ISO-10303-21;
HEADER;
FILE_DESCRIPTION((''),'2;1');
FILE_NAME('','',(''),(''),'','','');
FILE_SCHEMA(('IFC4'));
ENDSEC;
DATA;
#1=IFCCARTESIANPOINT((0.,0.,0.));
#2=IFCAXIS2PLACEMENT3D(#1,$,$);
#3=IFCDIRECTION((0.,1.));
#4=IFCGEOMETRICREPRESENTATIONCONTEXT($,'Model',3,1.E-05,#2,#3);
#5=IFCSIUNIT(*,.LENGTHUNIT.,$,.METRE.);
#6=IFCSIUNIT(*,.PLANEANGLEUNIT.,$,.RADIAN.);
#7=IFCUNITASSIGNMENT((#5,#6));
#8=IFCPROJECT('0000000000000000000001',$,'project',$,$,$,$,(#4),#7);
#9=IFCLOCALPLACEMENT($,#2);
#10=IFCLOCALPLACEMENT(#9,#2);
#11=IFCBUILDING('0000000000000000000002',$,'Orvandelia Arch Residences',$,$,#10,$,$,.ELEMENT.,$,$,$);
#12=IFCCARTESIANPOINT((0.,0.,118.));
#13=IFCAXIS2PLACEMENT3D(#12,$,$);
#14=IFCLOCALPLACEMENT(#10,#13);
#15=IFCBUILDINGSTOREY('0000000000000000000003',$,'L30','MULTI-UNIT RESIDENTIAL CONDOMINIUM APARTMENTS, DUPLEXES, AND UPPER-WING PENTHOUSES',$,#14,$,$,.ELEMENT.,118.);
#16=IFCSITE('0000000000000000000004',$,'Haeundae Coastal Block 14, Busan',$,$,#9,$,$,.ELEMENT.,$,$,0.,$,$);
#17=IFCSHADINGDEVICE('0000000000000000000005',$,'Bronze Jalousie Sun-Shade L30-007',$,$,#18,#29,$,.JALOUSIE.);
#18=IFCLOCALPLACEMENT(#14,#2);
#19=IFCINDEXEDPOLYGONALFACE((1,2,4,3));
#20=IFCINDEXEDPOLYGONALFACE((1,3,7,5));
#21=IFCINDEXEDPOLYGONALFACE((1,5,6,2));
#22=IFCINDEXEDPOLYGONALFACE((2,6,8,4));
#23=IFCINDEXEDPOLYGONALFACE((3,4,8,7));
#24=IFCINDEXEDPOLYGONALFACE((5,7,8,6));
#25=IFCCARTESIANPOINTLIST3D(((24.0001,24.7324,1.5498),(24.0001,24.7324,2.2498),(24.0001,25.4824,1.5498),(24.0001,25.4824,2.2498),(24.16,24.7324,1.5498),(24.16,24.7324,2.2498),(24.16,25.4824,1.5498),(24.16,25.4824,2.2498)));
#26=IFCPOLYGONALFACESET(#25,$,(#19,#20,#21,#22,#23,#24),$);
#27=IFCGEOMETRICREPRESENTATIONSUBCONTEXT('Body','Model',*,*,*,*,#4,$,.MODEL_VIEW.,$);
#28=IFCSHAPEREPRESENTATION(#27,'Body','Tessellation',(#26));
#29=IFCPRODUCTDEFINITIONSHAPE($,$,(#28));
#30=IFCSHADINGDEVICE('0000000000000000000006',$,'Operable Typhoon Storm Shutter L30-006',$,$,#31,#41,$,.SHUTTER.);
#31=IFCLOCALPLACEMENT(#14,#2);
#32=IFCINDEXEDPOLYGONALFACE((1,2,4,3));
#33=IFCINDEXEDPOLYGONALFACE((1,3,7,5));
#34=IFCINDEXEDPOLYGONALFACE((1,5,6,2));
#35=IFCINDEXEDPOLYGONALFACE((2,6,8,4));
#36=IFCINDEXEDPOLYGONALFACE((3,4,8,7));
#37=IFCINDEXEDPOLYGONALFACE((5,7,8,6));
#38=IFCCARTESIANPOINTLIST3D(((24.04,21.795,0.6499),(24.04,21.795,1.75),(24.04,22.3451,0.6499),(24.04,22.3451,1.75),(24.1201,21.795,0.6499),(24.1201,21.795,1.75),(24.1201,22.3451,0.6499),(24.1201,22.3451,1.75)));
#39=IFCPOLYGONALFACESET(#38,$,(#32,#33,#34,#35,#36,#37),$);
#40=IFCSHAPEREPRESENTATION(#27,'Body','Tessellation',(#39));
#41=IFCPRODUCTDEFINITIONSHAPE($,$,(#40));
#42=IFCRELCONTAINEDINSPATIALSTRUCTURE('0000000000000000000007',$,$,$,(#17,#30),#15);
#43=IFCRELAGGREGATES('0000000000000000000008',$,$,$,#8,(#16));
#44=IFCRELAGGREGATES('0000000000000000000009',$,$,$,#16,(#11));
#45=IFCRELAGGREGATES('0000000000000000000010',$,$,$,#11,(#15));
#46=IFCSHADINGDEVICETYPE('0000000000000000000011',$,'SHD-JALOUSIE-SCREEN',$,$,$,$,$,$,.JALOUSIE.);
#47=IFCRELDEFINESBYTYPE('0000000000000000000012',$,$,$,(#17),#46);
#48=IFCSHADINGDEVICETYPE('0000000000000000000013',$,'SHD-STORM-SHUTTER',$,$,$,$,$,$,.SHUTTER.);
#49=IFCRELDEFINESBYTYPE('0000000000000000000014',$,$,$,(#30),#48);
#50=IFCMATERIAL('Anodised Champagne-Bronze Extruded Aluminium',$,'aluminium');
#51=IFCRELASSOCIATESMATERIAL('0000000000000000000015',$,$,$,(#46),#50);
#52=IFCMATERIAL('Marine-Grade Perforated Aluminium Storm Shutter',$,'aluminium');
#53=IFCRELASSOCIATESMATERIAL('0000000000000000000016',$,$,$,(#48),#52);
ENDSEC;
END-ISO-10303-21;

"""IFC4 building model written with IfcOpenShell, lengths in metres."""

from ifc_helpers import new_model, si_unit, direction, frame, origin, origin_2d, place, context, subcontext, project, spatial, rectangle, extrude, material, type_object, element, save


model = new_model("IFC4")

# Units and contexts
model_context = context("Model", 3, precision=1e-05, world=origin(), true_north=direction((0.0, 1.0)))
body_context = subcontext(model_context, "Body", "Model", "MODEL_VIEW")
ifc_project = project(units=[si_unit("LENGTHUNIT", "METRE"), si_unit("PLANEANGLEUNIT", "RADIAN")], contexts=[model_context])

# Site, building, storey
site_placement = place(None, origin())
site = spatial("IfcSite", under=ifc_project, at=site_placement, Name="Haeundae Coastal Block 14, Busan", CompositionType="ELEMENT", RefElevation=0.0)
building_placement = place(site_placement, origin())
building = spatial("IfcBuilding", under=site, at=building_placement, Name="Orvandelia Arch Residences", CompositionType="ELEMENT")
storey_placement = place(building_placement, frame((0.0, 0.0, 118.0)))
storey = spatial("IfcBuildingStorey", under=building, at=storey_placement, Name="L30", Description="MULTI-UNIT RESIDENTIAL CONDOMINIUM APARTMENTS, DUPLEXES, AND UPPER-WING PENTHOUSES", CompositionType="ELEMENT", Elevation=118.0)

# Shading devices
ifc_material_1 = material(Name="Anodised Champagne-Bronze Extruded Aluminium", Category="aluminium")
shading_device_type_1 = type_object("IfcShadingDeviceType", Name="SHD-JALOUSIE-SCREEN", PredefinedType="JALOUSIE", material=ifc_material_1)
shading_device_1_placement = place(storey_placement, frame((24.0801, 25.1074, 1.5498), z_axis=(0.0, 0.0, 1.0), x_axis=(0.0, -1.0, 0.0)))
element("IfcShadingDevice", 1, at=shading_device_1_placement, inside=storey, type_object=shading_device_type_1, Name="Bronze Jalousie Sun-Shade L30-007", PredefinedType="JALOUSIE", context=body_context, shape_type="SweptSolid", body=[
    extrude(rectangle(XDim=0.75, YDim=0.1599, at=origin_2d()), origin(), (0.0, 0.0, 1.0), 0.7),
])
ifc_material_2 = material(Name="Marine-Grade Perforated Aluminium Storm Shutter", Category="aluminium")
shading_device_type_2 = type_object("IfcShadingDeviceType", Name="SHD-STORM-SHUTTER", PredefinedType="SHUTTER", material=ifc_material_2)
shading_device_2_placement = place(storey_placement, frame((24.0801, 22.0701, 0.6499), z_axis=(0.0, 0.0, 1.0), x_axis=(0.0, -1.0, 0.0)))
element("IfcShadingDevice", 2, at=shading_device_2_placement, inside=storey, type_object=shading_device_type_2, Name="Operable Typhoon Storm Shutter L30-006", PredefinedType="SHUTTER", context=body_context, shape_type="SweptSolid", body=[
    extrude(rectangle(XDim=0.55, YDim=0.0801, at=origin_2d()), origin(), (0.0, 0.0, 1.0), 1.1001),
])

save(model, "model.ifc")
